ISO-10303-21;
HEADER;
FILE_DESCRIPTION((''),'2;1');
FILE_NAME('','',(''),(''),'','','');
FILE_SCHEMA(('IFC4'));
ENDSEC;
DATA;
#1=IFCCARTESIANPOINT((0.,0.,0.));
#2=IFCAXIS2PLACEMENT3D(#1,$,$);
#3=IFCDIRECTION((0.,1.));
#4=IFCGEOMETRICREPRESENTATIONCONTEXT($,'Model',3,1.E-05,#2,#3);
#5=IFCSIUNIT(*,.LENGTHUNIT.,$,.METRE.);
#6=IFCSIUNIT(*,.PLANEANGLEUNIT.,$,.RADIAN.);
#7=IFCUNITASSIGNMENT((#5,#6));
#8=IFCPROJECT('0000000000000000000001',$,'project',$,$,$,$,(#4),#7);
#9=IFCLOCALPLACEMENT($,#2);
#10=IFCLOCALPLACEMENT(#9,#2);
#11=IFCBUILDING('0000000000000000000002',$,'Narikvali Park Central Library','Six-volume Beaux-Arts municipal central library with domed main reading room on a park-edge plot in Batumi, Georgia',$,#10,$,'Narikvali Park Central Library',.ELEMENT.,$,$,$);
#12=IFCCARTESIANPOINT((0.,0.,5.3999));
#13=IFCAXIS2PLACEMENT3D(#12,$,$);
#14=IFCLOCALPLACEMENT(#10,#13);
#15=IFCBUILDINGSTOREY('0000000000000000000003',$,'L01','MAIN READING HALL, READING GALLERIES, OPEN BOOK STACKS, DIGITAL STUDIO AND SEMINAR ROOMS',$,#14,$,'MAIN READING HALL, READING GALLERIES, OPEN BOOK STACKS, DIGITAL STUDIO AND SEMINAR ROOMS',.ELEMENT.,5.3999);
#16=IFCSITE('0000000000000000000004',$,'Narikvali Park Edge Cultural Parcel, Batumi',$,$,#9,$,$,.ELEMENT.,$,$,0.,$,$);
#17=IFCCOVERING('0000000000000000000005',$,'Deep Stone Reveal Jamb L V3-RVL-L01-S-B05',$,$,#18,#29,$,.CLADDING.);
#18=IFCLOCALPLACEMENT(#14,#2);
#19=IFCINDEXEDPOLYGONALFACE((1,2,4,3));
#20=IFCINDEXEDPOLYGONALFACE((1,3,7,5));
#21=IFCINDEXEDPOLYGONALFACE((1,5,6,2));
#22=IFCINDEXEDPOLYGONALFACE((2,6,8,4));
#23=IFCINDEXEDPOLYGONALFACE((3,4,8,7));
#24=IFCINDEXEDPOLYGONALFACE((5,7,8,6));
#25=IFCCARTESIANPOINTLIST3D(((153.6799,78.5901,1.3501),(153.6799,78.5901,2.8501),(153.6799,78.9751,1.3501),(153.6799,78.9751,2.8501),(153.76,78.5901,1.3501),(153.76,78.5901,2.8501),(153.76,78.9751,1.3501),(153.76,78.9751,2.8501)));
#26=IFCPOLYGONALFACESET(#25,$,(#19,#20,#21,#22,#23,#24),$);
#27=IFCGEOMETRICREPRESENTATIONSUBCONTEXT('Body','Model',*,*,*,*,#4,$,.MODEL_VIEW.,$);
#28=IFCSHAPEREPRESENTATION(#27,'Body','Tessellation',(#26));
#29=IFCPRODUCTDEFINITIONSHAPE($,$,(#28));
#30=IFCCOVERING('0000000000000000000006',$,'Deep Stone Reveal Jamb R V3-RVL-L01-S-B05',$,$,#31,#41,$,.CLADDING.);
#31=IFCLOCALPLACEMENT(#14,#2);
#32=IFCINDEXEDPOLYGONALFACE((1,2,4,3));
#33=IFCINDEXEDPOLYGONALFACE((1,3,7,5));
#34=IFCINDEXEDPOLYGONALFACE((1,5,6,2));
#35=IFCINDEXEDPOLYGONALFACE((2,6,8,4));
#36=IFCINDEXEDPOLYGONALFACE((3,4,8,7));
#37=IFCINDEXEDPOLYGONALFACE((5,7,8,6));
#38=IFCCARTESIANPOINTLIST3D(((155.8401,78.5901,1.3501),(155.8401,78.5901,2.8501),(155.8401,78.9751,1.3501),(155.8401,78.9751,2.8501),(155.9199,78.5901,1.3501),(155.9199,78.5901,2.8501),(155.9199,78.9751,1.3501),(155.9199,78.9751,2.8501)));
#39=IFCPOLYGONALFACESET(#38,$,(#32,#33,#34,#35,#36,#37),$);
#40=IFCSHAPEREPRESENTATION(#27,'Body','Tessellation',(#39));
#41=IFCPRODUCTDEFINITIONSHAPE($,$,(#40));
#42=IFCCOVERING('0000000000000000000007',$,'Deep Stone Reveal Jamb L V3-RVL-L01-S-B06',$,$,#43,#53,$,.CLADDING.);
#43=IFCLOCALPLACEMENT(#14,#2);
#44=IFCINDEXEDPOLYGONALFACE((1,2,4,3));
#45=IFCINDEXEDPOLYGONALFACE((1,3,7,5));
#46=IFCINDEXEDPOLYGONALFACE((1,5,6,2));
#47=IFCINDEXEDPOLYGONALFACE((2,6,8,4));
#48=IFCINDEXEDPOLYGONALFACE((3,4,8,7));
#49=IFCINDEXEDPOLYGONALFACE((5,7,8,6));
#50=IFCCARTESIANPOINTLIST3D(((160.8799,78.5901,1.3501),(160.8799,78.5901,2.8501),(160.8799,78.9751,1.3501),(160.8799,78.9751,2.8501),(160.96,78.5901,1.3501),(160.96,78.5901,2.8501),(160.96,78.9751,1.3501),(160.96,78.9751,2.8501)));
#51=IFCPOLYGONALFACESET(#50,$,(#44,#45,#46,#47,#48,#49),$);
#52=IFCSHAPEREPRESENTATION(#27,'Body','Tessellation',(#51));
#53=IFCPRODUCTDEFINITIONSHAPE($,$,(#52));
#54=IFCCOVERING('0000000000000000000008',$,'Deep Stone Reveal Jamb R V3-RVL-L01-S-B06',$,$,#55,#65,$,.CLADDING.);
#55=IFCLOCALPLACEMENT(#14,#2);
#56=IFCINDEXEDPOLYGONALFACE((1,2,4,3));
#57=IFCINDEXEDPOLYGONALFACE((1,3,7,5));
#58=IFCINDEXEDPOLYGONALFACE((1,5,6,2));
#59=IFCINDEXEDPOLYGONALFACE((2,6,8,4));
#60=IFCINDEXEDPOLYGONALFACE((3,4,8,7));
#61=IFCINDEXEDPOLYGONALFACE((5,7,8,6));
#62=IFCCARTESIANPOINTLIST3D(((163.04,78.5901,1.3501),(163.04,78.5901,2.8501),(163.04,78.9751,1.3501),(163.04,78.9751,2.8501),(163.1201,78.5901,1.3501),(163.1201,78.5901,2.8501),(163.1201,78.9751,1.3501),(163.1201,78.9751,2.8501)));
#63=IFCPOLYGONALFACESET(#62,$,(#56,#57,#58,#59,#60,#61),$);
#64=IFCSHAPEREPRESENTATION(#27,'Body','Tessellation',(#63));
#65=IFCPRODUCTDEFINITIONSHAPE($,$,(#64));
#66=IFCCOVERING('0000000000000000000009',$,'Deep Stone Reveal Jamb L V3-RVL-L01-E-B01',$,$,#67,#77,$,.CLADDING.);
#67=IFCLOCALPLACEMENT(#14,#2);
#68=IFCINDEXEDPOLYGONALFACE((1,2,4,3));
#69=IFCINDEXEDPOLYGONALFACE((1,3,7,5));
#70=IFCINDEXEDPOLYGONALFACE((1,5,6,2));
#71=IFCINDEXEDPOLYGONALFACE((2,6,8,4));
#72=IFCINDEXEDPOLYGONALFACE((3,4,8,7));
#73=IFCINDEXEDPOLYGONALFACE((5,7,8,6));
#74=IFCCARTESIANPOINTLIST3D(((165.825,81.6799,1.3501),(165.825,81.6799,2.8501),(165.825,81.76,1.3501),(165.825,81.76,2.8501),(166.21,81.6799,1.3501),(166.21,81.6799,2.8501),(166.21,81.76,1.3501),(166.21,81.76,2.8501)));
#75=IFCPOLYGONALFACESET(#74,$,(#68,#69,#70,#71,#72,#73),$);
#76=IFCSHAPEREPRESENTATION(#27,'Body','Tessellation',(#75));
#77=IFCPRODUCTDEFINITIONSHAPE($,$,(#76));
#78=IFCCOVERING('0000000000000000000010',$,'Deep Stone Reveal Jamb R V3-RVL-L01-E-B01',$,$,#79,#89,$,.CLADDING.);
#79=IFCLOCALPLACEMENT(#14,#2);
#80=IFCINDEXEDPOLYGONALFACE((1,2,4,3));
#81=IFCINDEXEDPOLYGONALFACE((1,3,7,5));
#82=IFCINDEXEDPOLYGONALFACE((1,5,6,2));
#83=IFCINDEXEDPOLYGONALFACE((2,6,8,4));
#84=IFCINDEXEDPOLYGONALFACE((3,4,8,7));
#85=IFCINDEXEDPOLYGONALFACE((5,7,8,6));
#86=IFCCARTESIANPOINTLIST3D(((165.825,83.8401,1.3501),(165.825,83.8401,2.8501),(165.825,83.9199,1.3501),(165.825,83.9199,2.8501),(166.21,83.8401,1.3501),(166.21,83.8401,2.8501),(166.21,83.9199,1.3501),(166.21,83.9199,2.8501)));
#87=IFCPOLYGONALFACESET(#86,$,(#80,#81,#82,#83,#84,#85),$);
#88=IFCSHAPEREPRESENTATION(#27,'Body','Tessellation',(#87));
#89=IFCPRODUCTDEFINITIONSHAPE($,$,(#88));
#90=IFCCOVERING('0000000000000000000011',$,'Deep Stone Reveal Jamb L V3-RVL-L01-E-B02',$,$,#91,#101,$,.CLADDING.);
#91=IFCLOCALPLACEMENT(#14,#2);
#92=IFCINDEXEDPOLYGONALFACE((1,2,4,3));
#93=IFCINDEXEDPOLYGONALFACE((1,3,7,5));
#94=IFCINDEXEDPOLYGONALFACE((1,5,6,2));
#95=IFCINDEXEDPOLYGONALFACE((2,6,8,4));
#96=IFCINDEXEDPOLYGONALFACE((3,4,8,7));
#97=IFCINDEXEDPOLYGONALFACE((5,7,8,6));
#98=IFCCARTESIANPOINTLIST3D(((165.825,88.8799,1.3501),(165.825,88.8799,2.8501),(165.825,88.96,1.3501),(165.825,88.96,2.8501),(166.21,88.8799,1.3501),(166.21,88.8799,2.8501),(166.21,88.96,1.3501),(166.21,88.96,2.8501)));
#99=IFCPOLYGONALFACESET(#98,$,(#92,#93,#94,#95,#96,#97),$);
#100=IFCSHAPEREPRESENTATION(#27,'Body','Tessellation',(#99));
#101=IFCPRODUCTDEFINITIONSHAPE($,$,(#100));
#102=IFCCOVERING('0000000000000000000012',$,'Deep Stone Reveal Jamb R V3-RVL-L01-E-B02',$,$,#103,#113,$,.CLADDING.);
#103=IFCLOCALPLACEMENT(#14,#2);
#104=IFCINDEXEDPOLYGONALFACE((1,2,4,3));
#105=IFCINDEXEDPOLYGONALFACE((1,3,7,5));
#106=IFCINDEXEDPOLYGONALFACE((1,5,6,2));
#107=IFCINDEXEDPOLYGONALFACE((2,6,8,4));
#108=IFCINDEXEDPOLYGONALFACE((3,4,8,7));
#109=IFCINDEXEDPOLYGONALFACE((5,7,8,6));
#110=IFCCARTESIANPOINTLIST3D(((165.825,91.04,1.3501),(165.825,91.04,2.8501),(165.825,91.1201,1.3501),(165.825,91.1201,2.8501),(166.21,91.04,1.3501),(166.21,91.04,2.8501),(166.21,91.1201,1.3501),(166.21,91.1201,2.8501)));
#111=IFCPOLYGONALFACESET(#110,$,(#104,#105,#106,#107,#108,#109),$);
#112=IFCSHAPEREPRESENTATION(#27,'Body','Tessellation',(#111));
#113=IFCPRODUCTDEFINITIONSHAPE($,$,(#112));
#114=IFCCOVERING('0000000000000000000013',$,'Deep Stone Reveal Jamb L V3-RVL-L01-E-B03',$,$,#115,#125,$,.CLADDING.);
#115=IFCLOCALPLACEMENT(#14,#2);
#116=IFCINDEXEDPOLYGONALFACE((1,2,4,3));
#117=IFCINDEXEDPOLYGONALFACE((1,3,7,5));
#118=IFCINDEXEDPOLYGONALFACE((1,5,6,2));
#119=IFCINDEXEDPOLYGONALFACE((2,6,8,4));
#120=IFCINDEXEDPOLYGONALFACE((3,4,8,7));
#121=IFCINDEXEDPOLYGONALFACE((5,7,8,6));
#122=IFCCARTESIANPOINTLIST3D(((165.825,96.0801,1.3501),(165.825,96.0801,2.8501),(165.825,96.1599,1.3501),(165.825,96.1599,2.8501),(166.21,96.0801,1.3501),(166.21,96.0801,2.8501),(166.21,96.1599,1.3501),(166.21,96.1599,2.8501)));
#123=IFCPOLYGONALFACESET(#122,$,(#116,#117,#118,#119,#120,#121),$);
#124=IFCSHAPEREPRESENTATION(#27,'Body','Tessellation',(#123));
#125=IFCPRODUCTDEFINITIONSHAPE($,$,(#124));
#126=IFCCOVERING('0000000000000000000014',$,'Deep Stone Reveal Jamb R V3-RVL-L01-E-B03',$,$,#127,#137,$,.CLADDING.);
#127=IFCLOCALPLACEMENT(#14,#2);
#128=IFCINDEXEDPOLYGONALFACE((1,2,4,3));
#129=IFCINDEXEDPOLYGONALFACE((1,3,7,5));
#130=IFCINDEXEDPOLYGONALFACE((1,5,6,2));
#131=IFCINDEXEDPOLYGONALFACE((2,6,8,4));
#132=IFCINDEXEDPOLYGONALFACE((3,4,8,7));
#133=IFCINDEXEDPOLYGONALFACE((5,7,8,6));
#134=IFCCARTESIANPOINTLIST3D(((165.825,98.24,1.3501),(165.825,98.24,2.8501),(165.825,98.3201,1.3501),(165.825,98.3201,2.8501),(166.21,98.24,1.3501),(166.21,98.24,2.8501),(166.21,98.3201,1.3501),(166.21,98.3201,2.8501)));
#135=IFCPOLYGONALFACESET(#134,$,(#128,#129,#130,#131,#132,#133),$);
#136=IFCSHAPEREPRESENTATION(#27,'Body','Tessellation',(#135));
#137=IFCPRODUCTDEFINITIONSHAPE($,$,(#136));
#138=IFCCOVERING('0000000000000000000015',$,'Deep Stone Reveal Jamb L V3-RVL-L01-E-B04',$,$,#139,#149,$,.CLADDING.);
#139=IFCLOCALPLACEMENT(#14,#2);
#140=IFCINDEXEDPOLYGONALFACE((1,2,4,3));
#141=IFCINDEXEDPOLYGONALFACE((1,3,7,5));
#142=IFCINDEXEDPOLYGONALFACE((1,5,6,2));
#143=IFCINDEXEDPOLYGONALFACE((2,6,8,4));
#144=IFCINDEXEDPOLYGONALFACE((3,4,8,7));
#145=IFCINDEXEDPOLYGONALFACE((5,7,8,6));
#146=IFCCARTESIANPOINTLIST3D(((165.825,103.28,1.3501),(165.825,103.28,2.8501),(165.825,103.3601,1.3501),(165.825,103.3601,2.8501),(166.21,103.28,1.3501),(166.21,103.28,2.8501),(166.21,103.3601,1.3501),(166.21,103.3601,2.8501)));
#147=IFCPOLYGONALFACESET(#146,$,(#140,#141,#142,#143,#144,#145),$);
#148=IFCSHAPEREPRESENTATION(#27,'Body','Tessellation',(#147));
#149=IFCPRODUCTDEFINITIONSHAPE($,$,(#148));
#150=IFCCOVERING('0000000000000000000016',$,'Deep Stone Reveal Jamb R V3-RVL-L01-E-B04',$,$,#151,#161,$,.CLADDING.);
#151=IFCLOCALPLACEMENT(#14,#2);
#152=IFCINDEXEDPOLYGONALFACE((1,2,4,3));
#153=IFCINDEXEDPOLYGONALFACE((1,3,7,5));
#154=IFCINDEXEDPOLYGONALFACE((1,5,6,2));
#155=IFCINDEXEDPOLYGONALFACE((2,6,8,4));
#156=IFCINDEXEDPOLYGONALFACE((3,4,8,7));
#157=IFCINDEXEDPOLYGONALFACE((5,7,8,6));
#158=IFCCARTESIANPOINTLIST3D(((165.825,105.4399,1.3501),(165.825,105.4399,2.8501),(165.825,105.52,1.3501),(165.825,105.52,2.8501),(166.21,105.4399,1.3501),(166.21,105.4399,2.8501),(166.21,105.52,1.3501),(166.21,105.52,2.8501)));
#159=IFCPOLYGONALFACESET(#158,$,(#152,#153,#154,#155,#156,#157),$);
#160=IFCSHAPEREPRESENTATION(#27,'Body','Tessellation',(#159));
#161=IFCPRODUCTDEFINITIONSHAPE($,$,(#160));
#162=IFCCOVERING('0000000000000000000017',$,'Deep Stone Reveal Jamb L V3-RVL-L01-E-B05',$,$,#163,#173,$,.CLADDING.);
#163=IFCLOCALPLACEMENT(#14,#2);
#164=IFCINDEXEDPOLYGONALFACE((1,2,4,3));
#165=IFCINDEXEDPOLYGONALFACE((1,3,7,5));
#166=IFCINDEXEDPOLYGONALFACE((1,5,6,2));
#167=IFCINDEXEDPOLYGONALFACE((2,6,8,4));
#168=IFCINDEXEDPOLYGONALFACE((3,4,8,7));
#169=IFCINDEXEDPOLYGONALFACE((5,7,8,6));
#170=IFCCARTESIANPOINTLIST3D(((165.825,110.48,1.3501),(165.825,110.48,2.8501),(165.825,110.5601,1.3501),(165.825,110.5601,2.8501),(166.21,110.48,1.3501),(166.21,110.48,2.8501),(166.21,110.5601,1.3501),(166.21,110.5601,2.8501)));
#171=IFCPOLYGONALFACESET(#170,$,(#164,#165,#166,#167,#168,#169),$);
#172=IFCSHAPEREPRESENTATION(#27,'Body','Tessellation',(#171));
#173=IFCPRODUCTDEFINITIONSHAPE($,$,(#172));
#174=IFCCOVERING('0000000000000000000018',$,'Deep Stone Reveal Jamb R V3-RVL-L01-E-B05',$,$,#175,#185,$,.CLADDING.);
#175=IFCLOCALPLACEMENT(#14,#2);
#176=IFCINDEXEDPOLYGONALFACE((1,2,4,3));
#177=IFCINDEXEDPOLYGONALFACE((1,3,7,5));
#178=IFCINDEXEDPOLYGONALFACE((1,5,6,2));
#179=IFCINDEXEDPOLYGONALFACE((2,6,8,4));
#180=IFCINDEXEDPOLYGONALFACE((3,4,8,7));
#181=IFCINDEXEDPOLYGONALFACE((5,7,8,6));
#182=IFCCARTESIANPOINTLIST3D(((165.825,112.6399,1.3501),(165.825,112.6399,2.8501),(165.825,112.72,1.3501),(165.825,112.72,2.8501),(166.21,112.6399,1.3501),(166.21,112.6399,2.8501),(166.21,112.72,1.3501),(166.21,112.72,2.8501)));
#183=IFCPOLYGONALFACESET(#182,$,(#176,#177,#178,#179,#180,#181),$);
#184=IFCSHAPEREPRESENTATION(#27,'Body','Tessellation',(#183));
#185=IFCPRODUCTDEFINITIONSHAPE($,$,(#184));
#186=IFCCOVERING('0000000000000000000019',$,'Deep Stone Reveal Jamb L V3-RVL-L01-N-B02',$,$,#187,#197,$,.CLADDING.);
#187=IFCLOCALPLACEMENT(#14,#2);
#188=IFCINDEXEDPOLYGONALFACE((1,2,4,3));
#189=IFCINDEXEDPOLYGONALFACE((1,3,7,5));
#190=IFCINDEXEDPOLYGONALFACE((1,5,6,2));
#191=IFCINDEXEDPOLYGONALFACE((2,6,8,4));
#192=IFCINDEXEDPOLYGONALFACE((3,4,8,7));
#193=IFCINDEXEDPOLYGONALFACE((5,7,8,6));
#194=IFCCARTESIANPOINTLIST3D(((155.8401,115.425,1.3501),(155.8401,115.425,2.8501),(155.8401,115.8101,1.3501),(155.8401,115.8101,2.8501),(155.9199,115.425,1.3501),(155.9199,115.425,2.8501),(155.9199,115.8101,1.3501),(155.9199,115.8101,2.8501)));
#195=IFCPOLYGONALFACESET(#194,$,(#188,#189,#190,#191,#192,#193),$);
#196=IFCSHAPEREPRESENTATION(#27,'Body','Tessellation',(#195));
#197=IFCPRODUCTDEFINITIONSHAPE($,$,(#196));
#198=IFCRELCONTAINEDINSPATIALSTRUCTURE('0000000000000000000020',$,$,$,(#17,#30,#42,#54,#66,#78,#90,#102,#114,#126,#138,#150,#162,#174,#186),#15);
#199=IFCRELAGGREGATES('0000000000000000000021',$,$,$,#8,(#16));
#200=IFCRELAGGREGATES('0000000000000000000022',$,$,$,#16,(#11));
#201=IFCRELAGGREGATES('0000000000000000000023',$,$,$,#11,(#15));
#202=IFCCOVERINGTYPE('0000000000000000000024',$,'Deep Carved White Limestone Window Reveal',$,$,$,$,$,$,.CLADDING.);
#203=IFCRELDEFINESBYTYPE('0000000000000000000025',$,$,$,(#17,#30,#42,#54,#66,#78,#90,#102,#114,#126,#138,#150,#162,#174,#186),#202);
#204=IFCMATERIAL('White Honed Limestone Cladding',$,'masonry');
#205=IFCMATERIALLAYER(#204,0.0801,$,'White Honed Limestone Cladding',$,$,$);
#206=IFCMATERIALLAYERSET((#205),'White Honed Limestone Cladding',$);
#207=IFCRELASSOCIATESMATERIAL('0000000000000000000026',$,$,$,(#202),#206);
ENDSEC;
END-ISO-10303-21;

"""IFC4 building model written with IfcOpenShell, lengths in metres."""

from ifc_helpers import new_model, si_unit, direction, frame, origin, place, context, subcontext, project, spatial, polyline, outline, extrude, material, layer, layer_set, type_object, element, save


model = new_model("IFC4")

# Units and contexts
model_context = context("Model", 3, precision=1e-05, world=origin(), true_north=direction((0.0, 1.0)))
body_context = subcontext(model_context, "Body", "Model", "MODEL_VIEW")
ifc_project = project(units=[si_unit("LENGTHUNIT", "METRE"), si_unit("PLANEANGLEUNIT", "RADIAN")], contexts=[model_context])

# Site, building, storey
site_placement = place(None, origin())
site = spatial("IfcSite", under=ifc_project, at=site_placement, Name="Narikvali Park Edge Cultural Parcel, Batumi", CompositionType="ELEMENT", RefElevation=0.0)
building_placement = place(site_placement, origin())
building = spatial("IfcBuilding", under=site, at=building_placement, Name="Narikvali Park Central Library", Description="Six-volume Beaux-Arts municipal central library with domed main reading room on a park-edge plot in Batumi, Georgia", LongName="Narikvali Park Central Library", CompositionType="ELEMENT")
storey_placement = place(building_placement, frame((0.0, 0.0, 5.3999)))
storey = spatial("IfcBuildingStorey", under=building, at=storey_placement, Name="L01", Description="MAIN READING HALL, READING GALLERIES, OPEN BOOK STACKS, DIGITAL STUDIO AND SEMINAR ROOMS", LongName="MAIN READING HALL, READING GALLERIES, OPEN BOOK STACKS, DIGITAL STUDIO AND SEMINAR ROOMS", CompositionType="ELEMENT", Elevation=5.3999)

# Coverings
ifc_material = material(Name="White Honed Limestone Cladding", Category="masonry")
ifc_layer = layer(ifc_material, 0.0801, Name="White Honed Limestone Cladding")
ifc_layer_set = layer_set([ifc_layer], Name="White Honed Limestone Cladding")
covering_type = type_object("IfcCoveringType", Name="Deep Carved White Limestone Window Reveal", PredefinedType="CLADDING", material=ifc_layer_set)
covering_1_placement = place(storey_placement, frame((0.0, 0.0, 1.3501)))
element("IfcCovering", 1, at=covering_1_placement, inside=storey, type_object=covering_type, Name="Deep Stone Reveal Jamb L V3-RVL-L01-S-B05", PredefinedType="CLADDING", context=body_context, shape_type="SweptSolid", body=[
    extrude(outline(polyline([(153.6799, 78.9751), (153.76, 78.9751), (153.76, 78.5901), (153.6799, 78.5901), (153.6799, 78.9751)])), origin(), (0.0, 0.0, 1.0), 1.5),
])
covering_2_placement = place(storey_placement, frame((0.0, 0.0, 1.3501)))
element("IfcCovering", 2, at=covering_2_placement, inside=storey, type_object=covering_type, Name="Deep Stone Reveal Jamb R V3-RVL-L01-S-B05", PredefinedType="CLADDING", context=body_context, shape_type="SweptSolid", body=[
    extrude(outline(polyline([(155.8401, 78.9751), (155.9199, 78.9751), (155.9199, 78.5901), (155.8401, 78.5901), (155.8401, 78.9751)])), origin(), (0.0, 0.0, 1.0), 1.5),
])
covering_3_placement = place(storey_placement, frame((0.0, 0.0, 1.3501)))
element("IfcCovering", 3, at=covering_3_placement, inside=storey, type_object=covering_type, Name="Deep Stone Reveal Jamb L V3-RVL-L01-S-B06", PredefinedType="CLADDING", context=body_context, shape_type="SweptSolid", body=[
    extrude(outline(polyline([(160.8799, 78.9751), (160.96, 78.9751), (160.96, 78.5901), (160.8799, 78.5901), (160.8799, 78.9751)])), origin(), (0.0, 0.0, 1.0), 1.5),
])
covering_4_placement = place(storey_placement, frame((0.0, 0.0, 1.3501)))
element("IfcCovering", 4, at=covering_4_placement, inside=storey, type_object=covering_type, Name="Deep Stone Reveal Jamb R V3-RVL-L01-S-B06", PredefinedType="CLADDING", context=body_context, shape_type="SweptSolid", body=[
    extrude(outline(polyline([(163.04, 78.9751), (163.1201, 78.9751), (163.1201, 78.5901), (163.04, 78.5901), (163.04, 78.9751)])), origin(), (0.0, 0.0, 1.0), 1.5),
])
covering_5_placement = place(storey_placement, frame((0.0, 0.0, 1.3501)))
element("IfcCovering", 5, at=covering_5_placement, inside=storey, type_object=covering_type, Name="Deep Stone Reveal Jamb L V3-RVL-L01-E-B01", PredefinedType="CLADDING", context=body_context, shape_type="SweptSolid", body=[
    extrude(outline(polyline([(165.825, 81.6799), (165.825, 81.76), (166.21, 81.76), (166.21, 81.6799), (165.825, 81.6799)])), origin(), (0.0, 0.0, 1.0), 1.5),
])
covering_6_placement = place(storey_placement, frame((0.0, 0.0, 1.3501)))
element("IfcCovering", 6, at=covering_6_placement, inside=storey, type_object=covering_type, Name="Deep Stone Reveal Jamb R V3-RVL-L01-E-B01", PredefinedType="CLADDING", context=body_context, shape_type="SweptSolid", body=[
    extrude(outline(polyline([(165.825, 83.8401), (165.825, 83.9199), (166.21, 83.9199), (166.21, 83.8401), (165.825, 83.8401)])), origin(), (0.0, 0.0, 1.0), 1.5),
])
covering_7_placement = place(storey_placement, frame((0.0, 0.0, 1.3501)))
element("IfcCovering", 7, at=covering_7_placement, inside=storey, type_object=covering_type, Name="Deep Stone Reveal Jamb L V3-RVL-L01-E-B02", PredefinedType="CLADDING", context=body_context, shape_type="SweptSolid", body=[
    extrude(outline(polyline([(165.825, 88.8799), (165.825, 88.96), (166.21, 88.96), (166.21, 88.8799), (165.825, 88.8799)])), origin(), (0.0, 0.0, 1.0), 1.5),
])
covering_8_placement = place(storey_placement, frame((0.0, 0.0, 1.3501)))
element("IfcCovering", 8, at=covering_8_placement, inside=storey, type_object=covering_type, Name="Deep Stone Reveal Jamb R V3-RVL-L01-E-B02", PredefinedType="CLADDING", context=body_context, shape_type="SweptSolid", body=[
    extrude(outline(polyline([(165.825, 91.04), (165.825, 91.1201), (166.21, 91.1201), (166.21, 91.04), (165.825, 91.04)])), origin(), (0.0, 0.0, 1.0), 1.5),
])
covering_9_placement = place(storey_placement, frame((0.0, 0.0, 1.3501)))
element("IfcCovering", 9, at=covering_9_placement, inside=storey, type_object=covering_type, Name="Deep Stone Reveal Jamb L V3-RVL-L01-E-B03", PredefinedType="CLADDING", context=body_context, shape_type="SweptSolid", body=[
    extrude(outline(polyline([(165.825, 96.0801), (165.825, 96.1599), (166.21, 96.1599), (166.21, 96.0801), (165.825, 96.0801)])), origin(), (0.0, 0.0, 1.0), 1.5),
])
covering_10_placement = place(storey_placement, frame((0.0, 0.0, 1.3501)))
element("IfcCovering", 10, at=covering_10_placement, inside=storey, type_object=covering_type, Name="Deep Stone Reveal Jamb R V3-RVL-L01-E-B03", PredefinedType="CLADDING", context=body_context, shape_type="SweptSolid", body=[
    extrude(outline(polyline([(165.825, 98.24), (165.825, 98.3201), (166.21, 98.3201), (166.21, 98.24), (165.825, 98.24)])), origin(), (0.0, 0.0, 1.0), 1.5),
])
covering_11_placement = place(storey_placement, frame((0.0, 0.0, 1.3501)))
element("IfcCovering", 11, at=covering_11_placement, inside=storey, type_object=covering_type, Name="Deep Stone Reveal Jamb L V3-RVL-L01-E-B04", PredefinedType="CLADDING", context=body_context, shape_type="SweptSolid", body=[
    extrude(outline(polyline([(165.825, 103.28), (165.825, 103.3601), (166.21, 103.3601), (166.21, 103.28), (165.825, 103.28)])), origin(), (0.0, 0.0, 1.0), 1.5),
])
covering_12_placement = place(storey_placement, frame((0.0, 0.0, 1.3501)))
element("IfcCovering", 12, at=covering_12_placement, inside=storey, type_object=covering_type, Name="Deep Stone Reveal Jamb R V3-RVL-L01-E-B04", PredefinedType="CLADDING", context=body_context, shape_type="SweptSolid", body=[
    extrude(outline(polyline([(165.825, 105.4399), (165.825, 105.52), (166.21, 105.52), (166.21, 105.4399), (165.825, 105.4399)])), origin(), (0.0, 0.0, 1.0), 1.5),
])
covering_13_placement = place(storey_placement, frame((0.0, 0.0, 1.3501)))
element("IfcCovering", 13, at=covering_13_placement, inside=storey, type_object=covering_type, Name="Deep Stone Reveal Jamb L V3-RVL-L01-E-B05", PredefinedType="CLADDING", context=body_context, shape_type="SweptSolid", body=[
    extrude(outline(polyline([(165.825, 110.48), (165.825, 110.5601), (166.21, 110.5601), (166.21, 110.48), (165.825, 110.48)])), origin(), (0.0, 0.0, 1.0), 1.5),
])
covering_14_placement = place(storey_placement, frame((0.0, 0.0, 1.3501)))
element("IfcCovering", 14, at=covering_14_placement, inside=storey, type_object=covering_type, Name="Deep Stone Reveal Jamb R V3-RVL-L01-E-B05", PredefinedType="CLADDING", context=body_context, shape_type="SweptSolid", body=[
    extrude(outline(polyline([(165.825, 112.6399), (165.825, 112.72), (166.21, 112.72), (166.21, 112.6399), (165.825, 112.6399)])), origin(), (0.0, 0.0, 1.0), 1.5),
])
covering_15_placement = place(storey_placement, frame((0.0, 0.0, 1.3501)))
element("IfcCovering", 15, at=covering_15_placement, inside=storey, type_object=covering_type, Name="Deep Stone Reveal Jamb L V3-RVL-L01-N-B02", PredefinedType="CLADDING", context=body_context, shape_type="SweptSolid", body=[
    extrude(outline(polyline([(155.9199, 115.425), (155.8401, 115.425), (155.8401, 115.8101), (155.9199, 115.8101), (155.9199, 115.425)])), origin(), (0.0, 0.0, 1.0), 1.5),
])

save(model, "model.ifc")
